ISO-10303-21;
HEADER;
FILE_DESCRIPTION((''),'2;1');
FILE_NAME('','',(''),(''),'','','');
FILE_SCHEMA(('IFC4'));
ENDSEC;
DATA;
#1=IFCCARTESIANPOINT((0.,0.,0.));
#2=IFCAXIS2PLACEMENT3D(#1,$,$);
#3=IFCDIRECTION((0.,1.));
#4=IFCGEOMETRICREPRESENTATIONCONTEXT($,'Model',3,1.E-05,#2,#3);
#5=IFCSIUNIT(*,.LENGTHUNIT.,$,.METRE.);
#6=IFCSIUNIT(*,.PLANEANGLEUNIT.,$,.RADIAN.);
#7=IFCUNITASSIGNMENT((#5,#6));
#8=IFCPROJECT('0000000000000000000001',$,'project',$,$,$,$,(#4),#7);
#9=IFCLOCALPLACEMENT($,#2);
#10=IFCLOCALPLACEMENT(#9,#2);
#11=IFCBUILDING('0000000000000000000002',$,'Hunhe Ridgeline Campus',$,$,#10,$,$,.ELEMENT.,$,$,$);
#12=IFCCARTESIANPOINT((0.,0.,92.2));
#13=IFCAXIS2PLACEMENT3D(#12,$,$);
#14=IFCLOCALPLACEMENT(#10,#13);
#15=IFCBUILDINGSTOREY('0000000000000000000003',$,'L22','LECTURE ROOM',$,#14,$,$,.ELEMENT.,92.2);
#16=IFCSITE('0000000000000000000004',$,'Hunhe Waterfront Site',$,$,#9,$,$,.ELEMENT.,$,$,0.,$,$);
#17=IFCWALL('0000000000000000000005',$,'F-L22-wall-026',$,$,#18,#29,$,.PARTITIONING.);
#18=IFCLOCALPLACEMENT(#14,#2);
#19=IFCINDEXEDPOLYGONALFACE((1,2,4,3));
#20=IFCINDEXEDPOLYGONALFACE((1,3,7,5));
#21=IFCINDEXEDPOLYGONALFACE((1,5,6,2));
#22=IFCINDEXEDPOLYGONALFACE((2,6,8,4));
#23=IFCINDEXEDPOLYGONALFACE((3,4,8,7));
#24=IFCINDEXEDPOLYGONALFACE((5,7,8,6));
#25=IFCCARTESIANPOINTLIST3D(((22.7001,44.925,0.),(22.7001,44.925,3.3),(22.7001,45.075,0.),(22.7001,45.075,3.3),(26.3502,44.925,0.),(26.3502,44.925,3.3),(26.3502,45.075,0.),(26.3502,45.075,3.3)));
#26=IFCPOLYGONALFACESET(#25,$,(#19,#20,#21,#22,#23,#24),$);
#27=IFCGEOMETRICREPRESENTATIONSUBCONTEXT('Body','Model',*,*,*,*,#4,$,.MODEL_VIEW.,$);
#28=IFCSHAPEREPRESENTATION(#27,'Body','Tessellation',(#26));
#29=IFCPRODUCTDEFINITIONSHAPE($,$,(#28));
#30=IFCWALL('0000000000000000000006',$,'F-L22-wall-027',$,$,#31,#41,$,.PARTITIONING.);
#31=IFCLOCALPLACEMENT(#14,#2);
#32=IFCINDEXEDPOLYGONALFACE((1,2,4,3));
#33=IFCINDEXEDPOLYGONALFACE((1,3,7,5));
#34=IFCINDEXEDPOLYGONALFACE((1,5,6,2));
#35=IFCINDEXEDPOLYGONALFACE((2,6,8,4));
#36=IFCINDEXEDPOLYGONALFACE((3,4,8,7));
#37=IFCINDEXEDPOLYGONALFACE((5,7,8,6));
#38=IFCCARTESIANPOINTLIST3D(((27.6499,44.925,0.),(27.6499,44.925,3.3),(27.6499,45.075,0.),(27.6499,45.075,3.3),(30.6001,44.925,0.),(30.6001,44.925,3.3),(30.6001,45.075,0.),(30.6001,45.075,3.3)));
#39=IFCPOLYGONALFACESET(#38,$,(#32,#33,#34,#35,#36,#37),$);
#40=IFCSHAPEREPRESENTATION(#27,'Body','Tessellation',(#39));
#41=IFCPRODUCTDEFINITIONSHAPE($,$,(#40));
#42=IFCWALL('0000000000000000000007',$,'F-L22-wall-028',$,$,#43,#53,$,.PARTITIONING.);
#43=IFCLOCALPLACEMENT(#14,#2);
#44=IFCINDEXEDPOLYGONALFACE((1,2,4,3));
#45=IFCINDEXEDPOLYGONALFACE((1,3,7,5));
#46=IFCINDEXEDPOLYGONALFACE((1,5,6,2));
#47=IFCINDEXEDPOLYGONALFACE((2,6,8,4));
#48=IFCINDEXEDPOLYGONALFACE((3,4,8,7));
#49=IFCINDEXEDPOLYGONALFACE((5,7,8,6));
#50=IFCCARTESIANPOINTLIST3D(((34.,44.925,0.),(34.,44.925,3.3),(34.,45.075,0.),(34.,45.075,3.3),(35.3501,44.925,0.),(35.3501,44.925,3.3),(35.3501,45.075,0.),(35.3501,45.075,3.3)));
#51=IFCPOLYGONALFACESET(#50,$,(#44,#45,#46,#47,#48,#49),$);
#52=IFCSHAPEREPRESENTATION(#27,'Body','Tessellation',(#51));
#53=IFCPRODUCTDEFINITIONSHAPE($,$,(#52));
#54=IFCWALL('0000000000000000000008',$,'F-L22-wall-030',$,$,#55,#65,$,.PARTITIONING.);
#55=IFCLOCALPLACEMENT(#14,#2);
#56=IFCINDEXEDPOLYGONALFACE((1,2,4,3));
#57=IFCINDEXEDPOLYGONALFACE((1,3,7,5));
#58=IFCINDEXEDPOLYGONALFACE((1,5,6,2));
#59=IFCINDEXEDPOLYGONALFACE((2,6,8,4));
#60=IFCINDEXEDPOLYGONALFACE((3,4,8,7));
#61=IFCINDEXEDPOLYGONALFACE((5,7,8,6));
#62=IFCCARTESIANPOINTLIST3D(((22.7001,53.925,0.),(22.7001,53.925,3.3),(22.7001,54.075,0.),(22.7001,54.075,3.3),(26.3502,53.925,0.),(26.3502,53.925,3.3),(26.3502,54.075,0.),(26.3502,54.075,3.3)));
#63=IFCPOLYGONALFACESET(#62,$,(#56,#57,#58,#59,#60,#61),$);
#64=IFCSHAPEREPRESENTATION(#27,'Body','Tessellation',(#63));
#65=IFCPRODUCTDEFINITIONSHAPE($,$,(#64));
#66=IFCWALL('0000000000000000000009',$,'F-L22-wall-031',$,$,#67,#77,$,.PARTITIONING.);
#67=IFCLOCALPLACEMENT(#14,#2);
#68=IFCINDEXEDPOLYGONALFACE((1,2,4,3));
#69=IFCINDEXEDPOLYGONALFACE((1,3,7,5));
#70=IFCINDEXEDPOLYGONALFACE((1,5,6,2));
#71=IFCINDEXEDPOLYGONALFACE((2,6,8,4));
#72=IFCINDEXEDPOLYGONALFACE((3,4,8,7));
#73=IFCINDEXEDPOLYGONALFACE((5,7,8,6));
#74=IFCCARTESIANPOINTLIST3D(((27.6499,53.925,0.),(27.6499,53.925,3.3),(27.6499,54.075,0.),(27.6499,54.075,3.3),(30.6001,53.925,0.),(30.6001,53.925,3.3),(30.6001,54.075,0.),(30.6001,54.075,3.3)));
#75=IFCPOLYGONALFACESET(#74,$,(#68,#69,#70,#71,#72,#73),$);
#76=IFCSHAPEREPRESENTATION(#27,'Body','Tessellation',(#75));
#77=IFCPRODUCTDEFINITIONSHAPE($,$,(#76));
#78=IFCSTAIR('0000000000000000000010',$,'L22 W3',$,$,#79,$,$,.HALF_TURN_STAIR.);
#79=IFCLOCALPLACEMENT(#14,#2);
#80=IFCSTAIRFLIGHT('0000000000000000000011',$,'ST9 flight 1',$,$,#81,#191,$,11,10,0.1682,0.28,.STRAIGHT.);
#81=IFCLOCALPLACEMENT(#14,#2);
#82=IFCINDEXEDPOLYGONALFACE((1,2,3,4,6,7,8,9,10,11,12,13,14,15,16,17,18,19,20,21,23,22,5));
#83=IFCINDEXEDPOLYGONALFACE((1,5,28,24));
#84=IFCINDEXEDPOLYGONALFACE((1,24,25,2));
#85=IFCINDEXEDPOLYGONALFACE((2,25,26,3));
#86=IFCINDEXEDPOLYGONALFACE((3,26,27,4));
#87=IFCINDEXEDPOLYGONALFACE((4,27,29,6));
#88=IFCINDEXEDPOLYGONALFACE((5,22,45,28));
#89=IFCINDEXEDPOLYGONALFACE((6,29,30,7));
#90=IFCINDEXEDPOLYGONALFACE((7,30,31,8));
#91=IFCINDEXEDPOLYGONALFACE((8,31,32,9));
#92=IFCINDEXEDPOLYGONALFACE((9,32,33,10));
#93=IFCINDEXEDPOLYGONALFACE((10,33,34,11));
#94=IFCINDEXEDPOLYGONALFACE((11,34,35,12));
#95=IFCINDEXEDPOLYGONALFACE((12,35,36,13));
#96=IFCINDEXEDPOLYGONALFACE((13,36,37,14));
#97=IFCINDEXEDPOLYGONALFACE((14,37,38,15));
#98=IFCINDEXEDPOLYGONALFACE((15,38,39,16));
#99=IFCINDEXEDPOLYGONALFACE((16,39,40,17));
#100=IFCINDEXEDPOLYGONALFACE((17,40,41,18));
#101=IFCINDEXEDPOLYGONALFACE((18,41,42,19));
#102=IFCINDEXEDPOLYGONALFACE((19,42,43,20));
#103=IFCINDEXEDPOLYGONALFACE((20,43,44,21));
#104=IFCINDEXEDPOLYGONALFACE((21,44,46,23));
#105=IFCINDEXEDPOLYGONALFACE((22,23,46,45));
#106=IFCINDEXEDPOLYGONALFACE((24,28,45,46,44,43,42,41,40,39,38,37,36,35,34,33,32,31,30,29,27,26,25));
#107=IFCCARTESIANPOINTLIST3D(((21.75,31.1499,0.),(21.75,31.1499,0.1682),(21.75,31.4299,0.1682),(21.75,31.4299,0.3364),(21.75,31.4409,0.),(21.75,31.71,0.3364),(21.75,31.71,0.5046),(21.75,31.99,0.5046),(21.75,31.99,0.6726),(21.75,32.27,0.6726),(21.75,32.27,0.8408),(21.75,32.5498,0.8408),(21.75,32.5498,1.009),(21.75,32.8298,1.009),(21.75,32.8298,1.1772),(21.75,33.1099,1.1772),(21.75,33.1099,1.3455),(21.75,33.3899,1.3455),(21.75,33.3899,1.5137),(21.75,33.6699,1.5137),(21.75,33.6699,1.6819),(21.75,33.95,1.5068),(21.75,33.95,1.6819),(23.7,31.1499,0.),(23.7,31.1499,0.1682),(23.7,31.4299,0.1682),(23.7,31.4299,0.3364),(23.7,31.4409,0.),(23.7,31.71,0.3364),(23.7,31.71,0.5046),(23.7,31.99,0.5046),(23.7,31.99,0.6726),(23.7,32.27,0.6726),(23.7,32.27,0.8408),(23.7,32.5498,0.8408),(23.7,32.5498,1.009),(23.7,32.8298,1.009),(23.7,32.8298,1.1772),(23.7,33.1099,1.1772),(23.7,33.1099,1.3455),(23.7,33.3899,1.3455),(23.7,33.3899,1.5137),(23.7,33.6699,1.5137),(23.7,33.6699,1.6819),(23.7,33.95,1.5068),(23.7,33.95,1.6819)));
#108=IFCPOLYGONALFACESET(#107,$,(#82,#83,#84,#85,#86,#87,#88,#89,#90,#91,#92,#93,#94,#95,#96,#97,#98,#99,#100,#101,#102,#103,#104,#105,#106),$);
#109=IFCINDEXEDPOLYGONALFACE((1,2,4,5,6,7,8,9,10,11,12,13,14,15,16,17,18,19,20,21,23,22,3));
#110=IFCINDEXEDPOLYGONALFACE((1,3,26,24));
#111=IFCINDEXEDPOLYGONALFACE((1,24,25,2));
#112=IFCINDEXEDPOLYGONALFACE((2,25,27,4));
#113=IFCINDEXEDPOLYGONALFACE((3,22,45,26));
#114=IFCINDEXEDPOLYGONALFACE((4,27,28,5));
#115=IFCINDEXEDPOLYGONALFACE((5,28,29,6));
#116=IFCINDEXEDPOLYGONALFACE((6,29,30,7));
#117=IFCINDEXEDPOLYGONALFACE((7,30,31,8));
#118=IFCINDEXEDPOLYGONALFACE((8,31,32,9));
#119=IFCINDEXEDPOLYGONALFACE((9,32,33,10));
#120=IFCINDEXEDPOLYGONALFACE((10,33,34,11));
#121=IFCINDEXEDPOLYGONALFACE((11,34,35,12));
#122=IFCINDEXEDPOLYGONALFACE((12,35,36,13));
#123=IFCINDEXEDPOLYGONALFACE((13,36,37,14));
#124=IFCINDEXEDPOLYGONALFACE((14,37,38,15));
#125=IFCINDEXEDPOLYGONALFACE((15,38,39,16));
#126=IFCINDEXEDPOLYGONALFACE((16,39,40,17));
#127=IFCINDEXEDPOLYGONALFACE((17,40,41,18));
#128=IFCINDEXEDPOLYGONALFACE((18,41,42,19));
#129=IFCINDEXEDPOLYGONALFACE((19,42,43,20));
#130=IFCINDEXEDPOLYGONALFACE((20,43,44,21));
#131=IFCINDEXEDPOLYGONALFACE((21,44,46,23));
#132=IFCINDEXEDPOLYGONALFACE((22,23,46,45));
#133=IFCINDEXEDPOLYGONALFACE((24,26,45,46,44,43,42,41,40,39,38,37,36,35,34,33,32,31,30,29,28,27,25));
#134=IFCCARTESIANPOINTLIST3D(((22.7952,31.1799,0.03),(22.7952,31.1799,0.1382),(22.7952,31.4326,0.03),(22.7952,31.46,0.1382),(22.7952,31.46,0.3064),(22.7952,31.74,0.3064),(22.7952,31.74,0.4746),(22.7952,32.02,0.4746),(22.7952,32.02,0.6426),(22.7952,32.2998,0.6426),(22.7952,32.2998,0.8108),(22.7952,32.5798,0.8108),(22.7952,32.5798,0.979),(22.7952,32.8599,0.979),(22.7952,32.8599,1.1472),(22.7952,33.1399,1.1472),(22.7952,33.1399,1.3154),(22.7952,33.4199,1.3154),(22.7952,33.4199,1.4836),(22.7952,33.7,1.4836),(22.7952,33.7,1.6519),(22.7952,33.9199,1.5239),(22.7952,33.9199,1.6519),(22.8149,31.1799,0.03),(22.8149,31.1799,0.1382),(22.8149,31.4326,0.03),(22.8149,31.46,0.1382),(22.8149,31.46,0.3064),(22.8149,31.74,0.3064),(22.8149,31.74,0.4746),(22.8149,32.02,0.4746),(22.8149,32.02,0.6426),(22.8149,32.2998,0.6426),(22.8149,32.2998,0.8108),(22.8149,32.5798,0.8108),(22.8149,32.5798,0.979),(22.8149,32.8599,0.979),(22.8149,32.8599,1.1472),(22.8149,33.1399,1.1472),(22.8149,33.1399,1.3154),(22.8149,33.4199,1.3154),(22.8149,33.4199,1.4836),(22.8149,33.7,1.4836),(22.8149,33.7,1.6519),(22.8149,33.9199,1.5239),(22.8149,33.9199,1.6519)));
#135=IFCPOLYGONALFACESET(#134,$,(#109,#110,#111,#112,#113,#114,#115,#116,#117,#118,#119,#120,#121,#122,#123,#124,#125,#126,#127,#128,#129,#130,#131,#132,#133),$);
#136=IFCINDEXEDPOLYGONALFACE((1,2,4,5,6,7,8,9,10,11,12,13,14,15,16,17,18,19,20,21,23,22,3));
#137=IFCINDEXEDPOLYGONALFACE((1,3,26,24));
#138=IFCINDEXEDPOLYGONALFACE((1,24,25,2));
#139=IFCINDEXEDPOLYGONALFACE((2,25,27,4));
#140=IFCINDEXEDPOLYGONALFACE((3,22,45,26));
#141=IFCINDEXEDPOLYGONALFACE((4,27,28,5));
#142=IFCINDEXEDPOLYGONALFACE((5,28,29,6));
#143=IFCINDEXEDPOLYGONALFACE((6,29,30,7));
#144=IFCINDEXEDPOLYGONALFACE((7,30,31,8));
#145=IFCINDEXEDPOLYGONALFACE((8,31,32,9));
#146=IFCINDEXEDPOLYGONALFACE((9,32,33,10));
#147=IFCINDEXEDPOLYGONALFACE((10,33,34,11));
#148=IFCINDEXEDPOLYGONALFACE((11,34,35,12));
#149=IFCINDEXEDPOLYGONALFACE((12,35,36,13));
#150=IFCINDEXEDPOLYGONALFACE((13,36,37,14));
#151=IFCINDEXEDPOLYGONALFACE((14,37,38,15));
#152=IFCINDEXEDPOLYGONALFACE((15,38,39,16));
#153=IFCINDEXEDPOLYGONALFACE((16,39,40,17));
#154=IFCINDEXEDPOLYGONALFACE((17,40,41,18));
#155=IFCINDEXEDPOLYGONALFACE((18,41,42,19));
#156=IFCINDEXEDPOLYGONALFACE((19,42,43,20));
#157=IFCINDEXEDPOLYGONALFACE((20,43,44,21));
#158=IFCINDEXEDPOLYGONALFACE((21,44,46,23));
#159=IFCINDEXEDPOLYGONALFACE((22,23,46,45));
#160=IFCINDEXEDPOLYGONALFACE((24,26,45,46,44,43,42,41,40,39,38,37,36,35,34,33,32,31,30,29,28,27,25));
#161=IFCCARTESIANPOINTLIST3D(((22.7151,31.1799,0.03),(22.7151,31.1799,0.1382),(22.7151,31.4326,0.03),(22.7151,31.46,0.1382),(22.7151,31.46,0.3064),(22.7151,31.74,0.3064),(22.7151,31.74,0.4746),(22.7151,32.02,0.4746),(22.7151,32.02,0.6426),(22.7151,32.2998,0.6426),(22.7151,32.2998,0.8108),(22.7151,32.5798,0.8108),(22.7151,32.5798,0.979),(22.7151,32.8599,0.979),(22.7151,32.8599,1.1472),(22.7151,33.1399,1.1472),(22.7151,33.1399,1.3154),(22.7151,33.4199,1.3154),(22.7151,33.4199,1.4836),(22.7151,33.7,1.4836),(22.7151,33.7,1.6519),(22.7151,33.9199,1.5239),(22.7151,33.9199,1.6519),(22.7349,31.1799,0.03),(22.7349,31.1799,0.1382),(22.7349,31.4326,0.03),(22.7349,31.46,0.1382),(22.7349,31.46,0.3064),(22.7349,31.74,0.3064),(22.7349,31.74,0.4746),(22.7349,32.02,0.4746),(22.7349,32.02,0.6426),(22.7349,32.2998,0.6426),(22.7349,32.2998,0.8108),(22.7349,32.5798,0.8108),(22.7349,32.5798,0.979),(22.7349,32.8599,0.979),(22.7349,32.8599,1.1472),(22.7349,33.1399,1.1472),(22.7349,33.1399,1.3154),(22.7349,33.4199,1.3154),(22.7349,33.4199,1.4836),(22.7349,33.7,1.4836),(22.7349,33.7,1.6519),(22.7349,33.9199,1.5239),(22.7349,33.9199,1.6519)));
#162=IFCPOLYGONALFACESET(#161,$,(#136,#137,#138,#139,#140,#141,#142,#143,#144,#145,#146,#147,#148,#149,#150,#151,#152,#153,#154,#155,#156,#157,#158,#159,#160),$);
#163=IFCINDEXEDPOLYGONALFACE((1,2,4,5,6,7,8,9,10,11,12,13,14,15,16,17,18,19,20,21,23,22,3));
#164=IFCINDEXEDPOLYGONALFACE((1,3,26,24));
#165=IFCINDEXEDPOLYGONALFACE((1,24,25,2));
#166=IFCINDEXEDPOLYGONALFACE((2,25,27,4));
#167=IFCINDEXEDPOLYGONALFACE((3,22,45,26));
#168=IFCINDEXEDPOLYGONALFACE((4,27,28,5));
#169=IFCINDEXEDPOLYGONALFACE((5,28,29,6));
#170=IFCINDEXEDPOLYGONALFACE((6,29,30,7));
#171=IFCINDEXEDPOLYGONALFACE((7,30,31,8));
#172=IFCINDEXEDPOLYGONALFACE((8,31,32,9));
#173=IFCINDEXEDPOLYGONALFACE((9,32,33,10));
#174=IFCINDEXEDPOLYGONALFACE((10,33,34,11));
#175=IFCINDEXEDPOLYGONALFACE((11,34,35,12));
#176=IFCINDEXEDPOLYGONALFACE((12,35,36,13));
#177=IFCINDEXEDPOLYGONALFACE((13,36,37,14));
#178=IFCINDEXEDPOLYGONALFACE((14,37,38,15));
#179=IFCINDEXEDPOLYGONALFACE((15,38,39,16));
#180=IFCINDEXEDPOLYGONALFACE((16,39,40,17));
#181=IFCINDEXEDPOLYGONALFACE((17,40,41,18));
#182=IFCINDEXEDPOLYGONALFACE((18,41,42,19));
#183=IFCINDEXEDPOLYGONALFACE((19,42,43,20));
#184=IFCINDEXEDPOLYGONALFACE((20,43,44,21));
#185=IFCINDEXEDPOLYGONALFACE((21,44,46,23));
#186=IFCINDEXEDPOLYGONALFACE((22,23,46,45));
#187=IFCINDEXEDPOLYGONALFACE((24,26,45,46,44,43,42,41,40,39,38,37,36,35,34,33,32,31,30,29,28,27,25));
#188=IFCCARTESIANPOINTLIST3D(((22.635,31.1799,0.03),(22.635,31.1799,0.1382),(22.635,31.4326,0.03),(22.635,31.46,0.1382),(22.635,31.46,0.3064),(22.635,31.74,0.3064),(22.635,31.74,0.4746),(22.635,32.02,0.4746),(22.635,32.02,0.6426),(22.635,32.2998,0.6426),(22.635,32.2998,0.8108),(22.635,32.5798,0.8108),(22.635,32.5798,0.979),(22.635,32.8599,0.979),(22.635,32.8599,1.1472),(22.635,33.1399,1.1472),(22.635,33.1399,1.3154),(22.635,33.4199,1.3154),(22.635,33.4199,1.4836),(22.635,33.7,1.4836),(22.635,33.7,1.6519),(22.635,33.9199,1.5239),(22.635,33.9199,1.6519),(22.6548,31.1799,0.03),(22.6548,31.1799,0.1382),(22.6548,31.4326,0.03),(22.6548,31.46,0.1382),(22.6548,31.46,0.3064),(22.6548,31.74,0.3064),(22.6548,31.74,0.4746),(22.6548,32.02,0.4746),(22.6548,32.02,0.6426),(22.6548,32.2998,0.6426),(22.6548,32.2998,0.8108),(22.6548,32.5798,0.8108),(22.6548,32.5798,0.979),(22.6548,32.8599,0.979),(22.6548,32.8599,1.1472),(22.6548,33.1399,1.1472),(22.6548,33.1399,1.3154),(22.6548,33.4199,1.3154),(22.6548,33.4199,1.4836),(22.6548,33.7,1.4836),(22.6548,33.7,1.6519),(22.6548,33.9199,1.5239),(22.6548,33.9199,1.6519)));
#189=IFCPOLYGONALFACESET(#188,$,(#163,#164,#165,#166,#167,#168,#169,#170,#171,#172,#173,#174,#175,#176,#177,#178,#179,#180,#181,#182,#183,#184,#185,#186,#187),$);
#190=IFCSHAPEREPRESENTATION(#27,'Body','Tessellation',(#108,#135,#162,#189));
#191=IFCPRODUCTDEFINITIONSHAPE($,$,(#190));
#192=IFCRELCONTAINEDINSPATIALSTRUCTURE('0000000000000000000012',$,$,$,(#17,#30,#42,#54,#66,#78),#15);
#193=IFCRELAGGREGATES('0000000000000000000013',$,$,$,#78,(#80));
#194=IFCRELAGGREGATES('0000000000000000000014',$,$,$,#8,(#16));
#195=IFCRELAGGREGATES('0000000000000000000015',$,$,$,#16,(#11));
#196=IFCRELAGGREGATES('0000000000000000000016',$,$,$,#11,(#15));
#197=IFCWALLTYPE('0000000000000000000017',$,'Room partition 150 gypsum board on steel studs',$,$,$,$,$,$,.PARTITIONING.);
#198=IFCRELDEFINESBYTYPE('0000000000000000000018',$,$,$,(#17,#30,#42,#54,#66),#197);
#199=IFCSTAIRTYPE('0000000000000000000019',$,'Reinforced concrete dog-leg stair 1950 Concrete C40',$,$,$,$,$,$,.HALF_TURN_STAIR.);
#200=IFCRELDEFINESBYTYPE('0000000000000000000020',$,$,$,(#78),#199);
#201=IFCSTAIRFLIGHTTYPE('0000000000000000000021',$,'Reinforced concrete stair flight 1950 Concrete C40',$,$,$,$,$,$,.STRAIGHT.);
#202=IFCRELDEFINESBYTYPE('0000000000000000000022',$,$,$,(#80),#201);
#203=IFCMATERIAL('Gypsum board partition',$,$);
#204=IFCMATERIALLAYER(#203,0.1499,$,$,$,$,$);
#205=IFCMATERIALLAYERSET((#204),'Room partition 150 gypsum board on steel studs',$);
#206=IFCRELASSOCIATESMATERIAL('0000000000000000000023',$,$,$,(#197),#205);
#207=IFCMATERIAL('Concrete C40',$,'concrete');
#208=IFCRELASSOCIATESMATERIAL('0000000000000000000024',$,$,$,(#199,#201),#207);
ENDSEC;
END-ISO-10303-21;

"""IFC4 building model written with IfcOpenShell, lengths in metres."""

from ifc_helpers import new_model, si_unit, direction, frame, frame_2d, origin, place, context, subcontext, project, spatial, polyline, rectangle, outline, extrude, material, layer, layer_set, type_object, element, aggregate, save


model = new_model("IFC4")

# Units and contexts
model_context = context("Model", 3, precision=1e-05, world=origin(), true_north=direction((0.0, 1.0)))
body_context = subcontext(model_context, "Body", "Model", "MODEL_VIEW")
ifc_project = project(units=[si_unit("LENGTHUNIT", "METRE"), si_unit("PLANEANGLEUNIT", "RADIAN")], contexts=[model_context])

# Site, building, storey
site_placement = place(None, origin())
site = spatial("IfcSite", under=ifc_project, at=site_placement, Name="Hunhe Waterfront Site", CompositionType="ELEMENT", RefElevation=0.0)
building_placement = place(site_placement, origin())
building = spatial("IfcBuilding", under=site, at=building_placement, Name="Hunhe Ridgeline Campus", CompositionType="ELEMENT")
storey_placement = place(building_placement, frame((0.0, 0.0, 92.2)))
storey = spatial("IfcBuildingStorey", under=building, at=storey_placement, Name="L22", Description="LECTURE ROOM", CompositionType="ELEMENT", Elevation=92.2)

# Shared definitions
ifc_material_1 = material(Name="Gypsum board partition")

# Walls
ifc_layer_1 = layer(ifc_material_1, 0.1499)
ifc_layer_set_1 = layer_set([ifc_layer_1], Name="Room partition 150 gypsum board on steel studs")
wall_type_1 = type_object("IfcWallType", Name="Room partition 150 gypsum board on steel studs", PredefinedType="PARTITIONING", material=ifc_layer_set_1)
wall_1_placement = place(storey_placement, frame((22.7, 45.0, 0.0), z_axis=(0.0, 0.0, 1.0), x_axis=(1.0, 0.0, 0.0)))
element("IfcWall", 1, at=wall_1_placement, inside=storey, type_object=wall_type_1, Name="F-L22-wall-026", PredefinedType="PARTITIONING", context=body_context, shape_type="SweptSolid", body=[
    extrude(rectangle(XDim=3.6501, YDim=0.1499, at=frame_2d((1.8252, 0.0))), origin(), (0.0, 0.0, 1.0), 3.3),
])
wall_2_placement = place(storey_placement, frame((27.6499, 45.0, 0.0), z_axis=(0.0, 0.0, 1.0), x_axis=(1.0, 0.0, 0.0)))
element("IfcWall", 2, at=wall_2_placement, inside=storey, type_object=wall_type_1, Name="F-L22-wall-027", PredefinedType="PARTITIONING", context=body_context, shape_type="SweptSolid", body=[
    extrude(rectangle(XDim=2.9502, YDim=0.1499, at=frame_2d((1.4751, 0.0))), origin(), (0.0, 0.0, 1.0), 3.3),
])
wall_3_placement = place(storey_placement, frame((34.0, 45.0, 0.0), z_axis=(0.0, 0.0, 1.0), x_axis=(1.0, 0.0, 0.0)))
element("IfcWall", 3, at=wall_3_placement, inside=storey, type_object=wall_type_1, Name="F-L22-wall-028", PredefinedType="PARTITIONING", context=body_context, shape_type="SweptSolid", body=[
    extrude(rectangle(XDim=1.3501, YDim=0.1499, at=frame_2d((0.675, 0.0))), origin(), (0.0, 0.0, 1.0), 3.3),
])
wall_4_placement = place(storey_placement, frame((22.7, 54.0, 0.0), z_axis=(0.0, 0.0, 1.0), x_axis=(1.0, 0.0, 0.0)))
element("IfcWall", 4, at=wall_4_placement, inside=storey, type_object=wall_type_1, Name="F-L22-wall-030", PredefinedType="PARTITIONING", context=body_context, shape_type="SweptSolid", body=[
    extrude(rectangle(XDim=3.6501, YDim=0.1499, at=frame_2d((1.8252, 0.0))), origin(), (0.0, 0.0, 1.0), 3.3),
])
wall_5_placement = place(storey_placement, frame((27.6499, 54.0, 0.0), z_axis=(0.0, 0.0, 1.0), x_axis=(1.0, 0.0, 0.0)))
element("IfcWall", 5, at=wall_5_placement, inside=storey, type_object=wall_type_1, Name="F-L22-wall-031", PredefinedType="PARTITIONING", context=body_context, shape_type="SweptSolid", body=[
    extrude(rectangle(XDim=2.9502, YDim=0.1499, at=frame_2d((1.4751, 0.0))), origin(), (0.0, 0.0, 1.0), 3.3),
])

# Stair, stair flight
ifc_material_2 = material(Name="Concrete C40", Category="concrete")
stair_type = type_object("IfcStairType", Name="Reinforced concrete dog-leg stair 1950 Concrete C40", PredefinedType="HALF_TURN_STAIR", material=ifc_material_2)
stair_placement = place(storey_placement, origin())
stair = element("IfcStair", 6, at=stair_placement, inside=storey, type_object=stair_type, Name="L22 W3", PredefinedType="HALF_TURN_STAIR")
stair_flight_type = type_object("IfcStairFlightType", Name="Reinforced concrete stair flight 1950 Concrete C40", PredefinedType="STRAIGHT", material=ifc_material_2)
stair_flight_placement = place(storey_placement, frame((22.7251, 31.1499, 0.0), z_axis=(0.0, 0.0, 1.0), x_axis=(0.0, 1.0, 0.0)))
stair_flight = element("IfcStairFlight", 7, at=stair_flight_placement, type_object=stair_flight_type, Name="ST9 flight 1", NumberOfRisers=11, NumberOfTreads=10, PredefinedType="STRAIGHT", RiserHeight=0.1682, TreadLength=0.28, context=body_context, shape_type="SweptSolid", body=[
    extrude(outline(polyline([(0.0, 0.0), (0.0, 0.1682), (0.28, 0.1682), (0.28, 0.3364), (0.5601, 0.3364), (0.5601, 0.5046), (0.8401, 0.5046), (0.8401, 0.6726), (1.1201, 0.6726), (1.1201, 0.8408), (1.3999, 0.8408), (1.3999, 1.009), (1.6799, 1.009), (1.6799, 1.1772), (1.96, 1.1772), (1.96, 1.3455), (2.24, 1.3455), (2.24, 1.5137), (2.52, 1.5137), (2.52, 1.6819), (2.8, 1.6819), (2.8, 1.8501), (2.8, 1.5068), (0.291, 0.0), (0.0, 0.0)])), frame((0.0, 0.9751, 0.0), z_axis=(0.0, -1.0, 0.0), x_axis=(1.0, 0.0, 0.0)), (0.0, 0.0, 1.0), 1.95),
    extrude(outline(polyline([(0.03, 0.03), (0.03, 0.1382), (0.3101, 0.1382), (0.3101, 0.3064), (0.5901, 0.3064), (0.5901, 0.4746), (0.8701, 0.4746), (0.8701, 0.6426), (1.1499, 0.6426), (1.1499, 0.8108), (1.4299, 0.8108), (1.4299, 0.979), (1.71, 0.979), (1.71, 1.1472), (1.99, 1.1472), (1.99, 1.3154), (2.27, 1.3154), (2.27, 1.4836), (2.55, 1.4836), (2.55, 1.6519), (2.77, 1.6519), (2.77, 1.5239), (0.2827, 0.03), (0.03, 0.03)])), frame((0.0, -0.0701, 0.0), z_axis=(0.0, -1.0, 0.0), x_axis=(1.0, 0.0, 0.0)), (0.0, 0.0, 1.0), 0.0198),
    extrude(outline(polyline([(0.03, 0.03), (0.03, 0.1382), (0.3101, 0.1382), (0.3101, 0.3064), (0.5901, 0.3064), (0.5901, 0.4746), (0.8701, 0.4746), (0.8701, 0.6426), (1.1499, 0.6426), (1.1499, 0.8108), (1.4299, 0.8108), (1.4299, 0.979), (1.71, 0.979), (1.71, 1.1472), (1.99, 1.1472), (1.99, 1.3154), (2.27, 1.3154), (2.27, 1.4836), (2.55, 1.4836), (2.55, 1.6519), (2.77, 1.6519), (2.77, 1.5239), (0.2827, 0.03), (0.03, 0.03)])), frame((0.0, 0.01, 0.0), z_axis=(0.0, -1.0, 0.0), x_axis=(1.0, 0.0, 0.0)), (0.0, 0.0, 1.0), 0.0198),
    extrude(outline(polyline([(0.03, 0.03), (0.03, 0.1382), (0.3101, 0.1382), (0.3101, 0.3064), (0.5901, 0.3064), (0.5901, 0.4746), (0.8701, 0.4746), (0.8701, 0.6426), (1.1499, 0.6426), (1.1499, 0.8108), (1.4299, 0.8108), (1.4299, 0.979), (1.71, 0.979), (1.71, 1.1472), (1.99, 1.1472), (1.99, 1.3154), (2.27, 1.3154), (2.27, 1.4836), (2.55, 1.4836), (2.55, 1.6519), (2.77, 1.6519), (2.77, 1.5239), (0.2827, 0.03), (0.03, 0.03)])), frame((0.0, 0.0901, 0.0), z_axis=(0.0, -1.0, 0.0), x_axis=(1.0, 0.0, 0.0)), (0.0, 0.0, 1.0), 0.0198),
])
aggregate(stair, [stair_flight])

save(model, "model.ifc")
